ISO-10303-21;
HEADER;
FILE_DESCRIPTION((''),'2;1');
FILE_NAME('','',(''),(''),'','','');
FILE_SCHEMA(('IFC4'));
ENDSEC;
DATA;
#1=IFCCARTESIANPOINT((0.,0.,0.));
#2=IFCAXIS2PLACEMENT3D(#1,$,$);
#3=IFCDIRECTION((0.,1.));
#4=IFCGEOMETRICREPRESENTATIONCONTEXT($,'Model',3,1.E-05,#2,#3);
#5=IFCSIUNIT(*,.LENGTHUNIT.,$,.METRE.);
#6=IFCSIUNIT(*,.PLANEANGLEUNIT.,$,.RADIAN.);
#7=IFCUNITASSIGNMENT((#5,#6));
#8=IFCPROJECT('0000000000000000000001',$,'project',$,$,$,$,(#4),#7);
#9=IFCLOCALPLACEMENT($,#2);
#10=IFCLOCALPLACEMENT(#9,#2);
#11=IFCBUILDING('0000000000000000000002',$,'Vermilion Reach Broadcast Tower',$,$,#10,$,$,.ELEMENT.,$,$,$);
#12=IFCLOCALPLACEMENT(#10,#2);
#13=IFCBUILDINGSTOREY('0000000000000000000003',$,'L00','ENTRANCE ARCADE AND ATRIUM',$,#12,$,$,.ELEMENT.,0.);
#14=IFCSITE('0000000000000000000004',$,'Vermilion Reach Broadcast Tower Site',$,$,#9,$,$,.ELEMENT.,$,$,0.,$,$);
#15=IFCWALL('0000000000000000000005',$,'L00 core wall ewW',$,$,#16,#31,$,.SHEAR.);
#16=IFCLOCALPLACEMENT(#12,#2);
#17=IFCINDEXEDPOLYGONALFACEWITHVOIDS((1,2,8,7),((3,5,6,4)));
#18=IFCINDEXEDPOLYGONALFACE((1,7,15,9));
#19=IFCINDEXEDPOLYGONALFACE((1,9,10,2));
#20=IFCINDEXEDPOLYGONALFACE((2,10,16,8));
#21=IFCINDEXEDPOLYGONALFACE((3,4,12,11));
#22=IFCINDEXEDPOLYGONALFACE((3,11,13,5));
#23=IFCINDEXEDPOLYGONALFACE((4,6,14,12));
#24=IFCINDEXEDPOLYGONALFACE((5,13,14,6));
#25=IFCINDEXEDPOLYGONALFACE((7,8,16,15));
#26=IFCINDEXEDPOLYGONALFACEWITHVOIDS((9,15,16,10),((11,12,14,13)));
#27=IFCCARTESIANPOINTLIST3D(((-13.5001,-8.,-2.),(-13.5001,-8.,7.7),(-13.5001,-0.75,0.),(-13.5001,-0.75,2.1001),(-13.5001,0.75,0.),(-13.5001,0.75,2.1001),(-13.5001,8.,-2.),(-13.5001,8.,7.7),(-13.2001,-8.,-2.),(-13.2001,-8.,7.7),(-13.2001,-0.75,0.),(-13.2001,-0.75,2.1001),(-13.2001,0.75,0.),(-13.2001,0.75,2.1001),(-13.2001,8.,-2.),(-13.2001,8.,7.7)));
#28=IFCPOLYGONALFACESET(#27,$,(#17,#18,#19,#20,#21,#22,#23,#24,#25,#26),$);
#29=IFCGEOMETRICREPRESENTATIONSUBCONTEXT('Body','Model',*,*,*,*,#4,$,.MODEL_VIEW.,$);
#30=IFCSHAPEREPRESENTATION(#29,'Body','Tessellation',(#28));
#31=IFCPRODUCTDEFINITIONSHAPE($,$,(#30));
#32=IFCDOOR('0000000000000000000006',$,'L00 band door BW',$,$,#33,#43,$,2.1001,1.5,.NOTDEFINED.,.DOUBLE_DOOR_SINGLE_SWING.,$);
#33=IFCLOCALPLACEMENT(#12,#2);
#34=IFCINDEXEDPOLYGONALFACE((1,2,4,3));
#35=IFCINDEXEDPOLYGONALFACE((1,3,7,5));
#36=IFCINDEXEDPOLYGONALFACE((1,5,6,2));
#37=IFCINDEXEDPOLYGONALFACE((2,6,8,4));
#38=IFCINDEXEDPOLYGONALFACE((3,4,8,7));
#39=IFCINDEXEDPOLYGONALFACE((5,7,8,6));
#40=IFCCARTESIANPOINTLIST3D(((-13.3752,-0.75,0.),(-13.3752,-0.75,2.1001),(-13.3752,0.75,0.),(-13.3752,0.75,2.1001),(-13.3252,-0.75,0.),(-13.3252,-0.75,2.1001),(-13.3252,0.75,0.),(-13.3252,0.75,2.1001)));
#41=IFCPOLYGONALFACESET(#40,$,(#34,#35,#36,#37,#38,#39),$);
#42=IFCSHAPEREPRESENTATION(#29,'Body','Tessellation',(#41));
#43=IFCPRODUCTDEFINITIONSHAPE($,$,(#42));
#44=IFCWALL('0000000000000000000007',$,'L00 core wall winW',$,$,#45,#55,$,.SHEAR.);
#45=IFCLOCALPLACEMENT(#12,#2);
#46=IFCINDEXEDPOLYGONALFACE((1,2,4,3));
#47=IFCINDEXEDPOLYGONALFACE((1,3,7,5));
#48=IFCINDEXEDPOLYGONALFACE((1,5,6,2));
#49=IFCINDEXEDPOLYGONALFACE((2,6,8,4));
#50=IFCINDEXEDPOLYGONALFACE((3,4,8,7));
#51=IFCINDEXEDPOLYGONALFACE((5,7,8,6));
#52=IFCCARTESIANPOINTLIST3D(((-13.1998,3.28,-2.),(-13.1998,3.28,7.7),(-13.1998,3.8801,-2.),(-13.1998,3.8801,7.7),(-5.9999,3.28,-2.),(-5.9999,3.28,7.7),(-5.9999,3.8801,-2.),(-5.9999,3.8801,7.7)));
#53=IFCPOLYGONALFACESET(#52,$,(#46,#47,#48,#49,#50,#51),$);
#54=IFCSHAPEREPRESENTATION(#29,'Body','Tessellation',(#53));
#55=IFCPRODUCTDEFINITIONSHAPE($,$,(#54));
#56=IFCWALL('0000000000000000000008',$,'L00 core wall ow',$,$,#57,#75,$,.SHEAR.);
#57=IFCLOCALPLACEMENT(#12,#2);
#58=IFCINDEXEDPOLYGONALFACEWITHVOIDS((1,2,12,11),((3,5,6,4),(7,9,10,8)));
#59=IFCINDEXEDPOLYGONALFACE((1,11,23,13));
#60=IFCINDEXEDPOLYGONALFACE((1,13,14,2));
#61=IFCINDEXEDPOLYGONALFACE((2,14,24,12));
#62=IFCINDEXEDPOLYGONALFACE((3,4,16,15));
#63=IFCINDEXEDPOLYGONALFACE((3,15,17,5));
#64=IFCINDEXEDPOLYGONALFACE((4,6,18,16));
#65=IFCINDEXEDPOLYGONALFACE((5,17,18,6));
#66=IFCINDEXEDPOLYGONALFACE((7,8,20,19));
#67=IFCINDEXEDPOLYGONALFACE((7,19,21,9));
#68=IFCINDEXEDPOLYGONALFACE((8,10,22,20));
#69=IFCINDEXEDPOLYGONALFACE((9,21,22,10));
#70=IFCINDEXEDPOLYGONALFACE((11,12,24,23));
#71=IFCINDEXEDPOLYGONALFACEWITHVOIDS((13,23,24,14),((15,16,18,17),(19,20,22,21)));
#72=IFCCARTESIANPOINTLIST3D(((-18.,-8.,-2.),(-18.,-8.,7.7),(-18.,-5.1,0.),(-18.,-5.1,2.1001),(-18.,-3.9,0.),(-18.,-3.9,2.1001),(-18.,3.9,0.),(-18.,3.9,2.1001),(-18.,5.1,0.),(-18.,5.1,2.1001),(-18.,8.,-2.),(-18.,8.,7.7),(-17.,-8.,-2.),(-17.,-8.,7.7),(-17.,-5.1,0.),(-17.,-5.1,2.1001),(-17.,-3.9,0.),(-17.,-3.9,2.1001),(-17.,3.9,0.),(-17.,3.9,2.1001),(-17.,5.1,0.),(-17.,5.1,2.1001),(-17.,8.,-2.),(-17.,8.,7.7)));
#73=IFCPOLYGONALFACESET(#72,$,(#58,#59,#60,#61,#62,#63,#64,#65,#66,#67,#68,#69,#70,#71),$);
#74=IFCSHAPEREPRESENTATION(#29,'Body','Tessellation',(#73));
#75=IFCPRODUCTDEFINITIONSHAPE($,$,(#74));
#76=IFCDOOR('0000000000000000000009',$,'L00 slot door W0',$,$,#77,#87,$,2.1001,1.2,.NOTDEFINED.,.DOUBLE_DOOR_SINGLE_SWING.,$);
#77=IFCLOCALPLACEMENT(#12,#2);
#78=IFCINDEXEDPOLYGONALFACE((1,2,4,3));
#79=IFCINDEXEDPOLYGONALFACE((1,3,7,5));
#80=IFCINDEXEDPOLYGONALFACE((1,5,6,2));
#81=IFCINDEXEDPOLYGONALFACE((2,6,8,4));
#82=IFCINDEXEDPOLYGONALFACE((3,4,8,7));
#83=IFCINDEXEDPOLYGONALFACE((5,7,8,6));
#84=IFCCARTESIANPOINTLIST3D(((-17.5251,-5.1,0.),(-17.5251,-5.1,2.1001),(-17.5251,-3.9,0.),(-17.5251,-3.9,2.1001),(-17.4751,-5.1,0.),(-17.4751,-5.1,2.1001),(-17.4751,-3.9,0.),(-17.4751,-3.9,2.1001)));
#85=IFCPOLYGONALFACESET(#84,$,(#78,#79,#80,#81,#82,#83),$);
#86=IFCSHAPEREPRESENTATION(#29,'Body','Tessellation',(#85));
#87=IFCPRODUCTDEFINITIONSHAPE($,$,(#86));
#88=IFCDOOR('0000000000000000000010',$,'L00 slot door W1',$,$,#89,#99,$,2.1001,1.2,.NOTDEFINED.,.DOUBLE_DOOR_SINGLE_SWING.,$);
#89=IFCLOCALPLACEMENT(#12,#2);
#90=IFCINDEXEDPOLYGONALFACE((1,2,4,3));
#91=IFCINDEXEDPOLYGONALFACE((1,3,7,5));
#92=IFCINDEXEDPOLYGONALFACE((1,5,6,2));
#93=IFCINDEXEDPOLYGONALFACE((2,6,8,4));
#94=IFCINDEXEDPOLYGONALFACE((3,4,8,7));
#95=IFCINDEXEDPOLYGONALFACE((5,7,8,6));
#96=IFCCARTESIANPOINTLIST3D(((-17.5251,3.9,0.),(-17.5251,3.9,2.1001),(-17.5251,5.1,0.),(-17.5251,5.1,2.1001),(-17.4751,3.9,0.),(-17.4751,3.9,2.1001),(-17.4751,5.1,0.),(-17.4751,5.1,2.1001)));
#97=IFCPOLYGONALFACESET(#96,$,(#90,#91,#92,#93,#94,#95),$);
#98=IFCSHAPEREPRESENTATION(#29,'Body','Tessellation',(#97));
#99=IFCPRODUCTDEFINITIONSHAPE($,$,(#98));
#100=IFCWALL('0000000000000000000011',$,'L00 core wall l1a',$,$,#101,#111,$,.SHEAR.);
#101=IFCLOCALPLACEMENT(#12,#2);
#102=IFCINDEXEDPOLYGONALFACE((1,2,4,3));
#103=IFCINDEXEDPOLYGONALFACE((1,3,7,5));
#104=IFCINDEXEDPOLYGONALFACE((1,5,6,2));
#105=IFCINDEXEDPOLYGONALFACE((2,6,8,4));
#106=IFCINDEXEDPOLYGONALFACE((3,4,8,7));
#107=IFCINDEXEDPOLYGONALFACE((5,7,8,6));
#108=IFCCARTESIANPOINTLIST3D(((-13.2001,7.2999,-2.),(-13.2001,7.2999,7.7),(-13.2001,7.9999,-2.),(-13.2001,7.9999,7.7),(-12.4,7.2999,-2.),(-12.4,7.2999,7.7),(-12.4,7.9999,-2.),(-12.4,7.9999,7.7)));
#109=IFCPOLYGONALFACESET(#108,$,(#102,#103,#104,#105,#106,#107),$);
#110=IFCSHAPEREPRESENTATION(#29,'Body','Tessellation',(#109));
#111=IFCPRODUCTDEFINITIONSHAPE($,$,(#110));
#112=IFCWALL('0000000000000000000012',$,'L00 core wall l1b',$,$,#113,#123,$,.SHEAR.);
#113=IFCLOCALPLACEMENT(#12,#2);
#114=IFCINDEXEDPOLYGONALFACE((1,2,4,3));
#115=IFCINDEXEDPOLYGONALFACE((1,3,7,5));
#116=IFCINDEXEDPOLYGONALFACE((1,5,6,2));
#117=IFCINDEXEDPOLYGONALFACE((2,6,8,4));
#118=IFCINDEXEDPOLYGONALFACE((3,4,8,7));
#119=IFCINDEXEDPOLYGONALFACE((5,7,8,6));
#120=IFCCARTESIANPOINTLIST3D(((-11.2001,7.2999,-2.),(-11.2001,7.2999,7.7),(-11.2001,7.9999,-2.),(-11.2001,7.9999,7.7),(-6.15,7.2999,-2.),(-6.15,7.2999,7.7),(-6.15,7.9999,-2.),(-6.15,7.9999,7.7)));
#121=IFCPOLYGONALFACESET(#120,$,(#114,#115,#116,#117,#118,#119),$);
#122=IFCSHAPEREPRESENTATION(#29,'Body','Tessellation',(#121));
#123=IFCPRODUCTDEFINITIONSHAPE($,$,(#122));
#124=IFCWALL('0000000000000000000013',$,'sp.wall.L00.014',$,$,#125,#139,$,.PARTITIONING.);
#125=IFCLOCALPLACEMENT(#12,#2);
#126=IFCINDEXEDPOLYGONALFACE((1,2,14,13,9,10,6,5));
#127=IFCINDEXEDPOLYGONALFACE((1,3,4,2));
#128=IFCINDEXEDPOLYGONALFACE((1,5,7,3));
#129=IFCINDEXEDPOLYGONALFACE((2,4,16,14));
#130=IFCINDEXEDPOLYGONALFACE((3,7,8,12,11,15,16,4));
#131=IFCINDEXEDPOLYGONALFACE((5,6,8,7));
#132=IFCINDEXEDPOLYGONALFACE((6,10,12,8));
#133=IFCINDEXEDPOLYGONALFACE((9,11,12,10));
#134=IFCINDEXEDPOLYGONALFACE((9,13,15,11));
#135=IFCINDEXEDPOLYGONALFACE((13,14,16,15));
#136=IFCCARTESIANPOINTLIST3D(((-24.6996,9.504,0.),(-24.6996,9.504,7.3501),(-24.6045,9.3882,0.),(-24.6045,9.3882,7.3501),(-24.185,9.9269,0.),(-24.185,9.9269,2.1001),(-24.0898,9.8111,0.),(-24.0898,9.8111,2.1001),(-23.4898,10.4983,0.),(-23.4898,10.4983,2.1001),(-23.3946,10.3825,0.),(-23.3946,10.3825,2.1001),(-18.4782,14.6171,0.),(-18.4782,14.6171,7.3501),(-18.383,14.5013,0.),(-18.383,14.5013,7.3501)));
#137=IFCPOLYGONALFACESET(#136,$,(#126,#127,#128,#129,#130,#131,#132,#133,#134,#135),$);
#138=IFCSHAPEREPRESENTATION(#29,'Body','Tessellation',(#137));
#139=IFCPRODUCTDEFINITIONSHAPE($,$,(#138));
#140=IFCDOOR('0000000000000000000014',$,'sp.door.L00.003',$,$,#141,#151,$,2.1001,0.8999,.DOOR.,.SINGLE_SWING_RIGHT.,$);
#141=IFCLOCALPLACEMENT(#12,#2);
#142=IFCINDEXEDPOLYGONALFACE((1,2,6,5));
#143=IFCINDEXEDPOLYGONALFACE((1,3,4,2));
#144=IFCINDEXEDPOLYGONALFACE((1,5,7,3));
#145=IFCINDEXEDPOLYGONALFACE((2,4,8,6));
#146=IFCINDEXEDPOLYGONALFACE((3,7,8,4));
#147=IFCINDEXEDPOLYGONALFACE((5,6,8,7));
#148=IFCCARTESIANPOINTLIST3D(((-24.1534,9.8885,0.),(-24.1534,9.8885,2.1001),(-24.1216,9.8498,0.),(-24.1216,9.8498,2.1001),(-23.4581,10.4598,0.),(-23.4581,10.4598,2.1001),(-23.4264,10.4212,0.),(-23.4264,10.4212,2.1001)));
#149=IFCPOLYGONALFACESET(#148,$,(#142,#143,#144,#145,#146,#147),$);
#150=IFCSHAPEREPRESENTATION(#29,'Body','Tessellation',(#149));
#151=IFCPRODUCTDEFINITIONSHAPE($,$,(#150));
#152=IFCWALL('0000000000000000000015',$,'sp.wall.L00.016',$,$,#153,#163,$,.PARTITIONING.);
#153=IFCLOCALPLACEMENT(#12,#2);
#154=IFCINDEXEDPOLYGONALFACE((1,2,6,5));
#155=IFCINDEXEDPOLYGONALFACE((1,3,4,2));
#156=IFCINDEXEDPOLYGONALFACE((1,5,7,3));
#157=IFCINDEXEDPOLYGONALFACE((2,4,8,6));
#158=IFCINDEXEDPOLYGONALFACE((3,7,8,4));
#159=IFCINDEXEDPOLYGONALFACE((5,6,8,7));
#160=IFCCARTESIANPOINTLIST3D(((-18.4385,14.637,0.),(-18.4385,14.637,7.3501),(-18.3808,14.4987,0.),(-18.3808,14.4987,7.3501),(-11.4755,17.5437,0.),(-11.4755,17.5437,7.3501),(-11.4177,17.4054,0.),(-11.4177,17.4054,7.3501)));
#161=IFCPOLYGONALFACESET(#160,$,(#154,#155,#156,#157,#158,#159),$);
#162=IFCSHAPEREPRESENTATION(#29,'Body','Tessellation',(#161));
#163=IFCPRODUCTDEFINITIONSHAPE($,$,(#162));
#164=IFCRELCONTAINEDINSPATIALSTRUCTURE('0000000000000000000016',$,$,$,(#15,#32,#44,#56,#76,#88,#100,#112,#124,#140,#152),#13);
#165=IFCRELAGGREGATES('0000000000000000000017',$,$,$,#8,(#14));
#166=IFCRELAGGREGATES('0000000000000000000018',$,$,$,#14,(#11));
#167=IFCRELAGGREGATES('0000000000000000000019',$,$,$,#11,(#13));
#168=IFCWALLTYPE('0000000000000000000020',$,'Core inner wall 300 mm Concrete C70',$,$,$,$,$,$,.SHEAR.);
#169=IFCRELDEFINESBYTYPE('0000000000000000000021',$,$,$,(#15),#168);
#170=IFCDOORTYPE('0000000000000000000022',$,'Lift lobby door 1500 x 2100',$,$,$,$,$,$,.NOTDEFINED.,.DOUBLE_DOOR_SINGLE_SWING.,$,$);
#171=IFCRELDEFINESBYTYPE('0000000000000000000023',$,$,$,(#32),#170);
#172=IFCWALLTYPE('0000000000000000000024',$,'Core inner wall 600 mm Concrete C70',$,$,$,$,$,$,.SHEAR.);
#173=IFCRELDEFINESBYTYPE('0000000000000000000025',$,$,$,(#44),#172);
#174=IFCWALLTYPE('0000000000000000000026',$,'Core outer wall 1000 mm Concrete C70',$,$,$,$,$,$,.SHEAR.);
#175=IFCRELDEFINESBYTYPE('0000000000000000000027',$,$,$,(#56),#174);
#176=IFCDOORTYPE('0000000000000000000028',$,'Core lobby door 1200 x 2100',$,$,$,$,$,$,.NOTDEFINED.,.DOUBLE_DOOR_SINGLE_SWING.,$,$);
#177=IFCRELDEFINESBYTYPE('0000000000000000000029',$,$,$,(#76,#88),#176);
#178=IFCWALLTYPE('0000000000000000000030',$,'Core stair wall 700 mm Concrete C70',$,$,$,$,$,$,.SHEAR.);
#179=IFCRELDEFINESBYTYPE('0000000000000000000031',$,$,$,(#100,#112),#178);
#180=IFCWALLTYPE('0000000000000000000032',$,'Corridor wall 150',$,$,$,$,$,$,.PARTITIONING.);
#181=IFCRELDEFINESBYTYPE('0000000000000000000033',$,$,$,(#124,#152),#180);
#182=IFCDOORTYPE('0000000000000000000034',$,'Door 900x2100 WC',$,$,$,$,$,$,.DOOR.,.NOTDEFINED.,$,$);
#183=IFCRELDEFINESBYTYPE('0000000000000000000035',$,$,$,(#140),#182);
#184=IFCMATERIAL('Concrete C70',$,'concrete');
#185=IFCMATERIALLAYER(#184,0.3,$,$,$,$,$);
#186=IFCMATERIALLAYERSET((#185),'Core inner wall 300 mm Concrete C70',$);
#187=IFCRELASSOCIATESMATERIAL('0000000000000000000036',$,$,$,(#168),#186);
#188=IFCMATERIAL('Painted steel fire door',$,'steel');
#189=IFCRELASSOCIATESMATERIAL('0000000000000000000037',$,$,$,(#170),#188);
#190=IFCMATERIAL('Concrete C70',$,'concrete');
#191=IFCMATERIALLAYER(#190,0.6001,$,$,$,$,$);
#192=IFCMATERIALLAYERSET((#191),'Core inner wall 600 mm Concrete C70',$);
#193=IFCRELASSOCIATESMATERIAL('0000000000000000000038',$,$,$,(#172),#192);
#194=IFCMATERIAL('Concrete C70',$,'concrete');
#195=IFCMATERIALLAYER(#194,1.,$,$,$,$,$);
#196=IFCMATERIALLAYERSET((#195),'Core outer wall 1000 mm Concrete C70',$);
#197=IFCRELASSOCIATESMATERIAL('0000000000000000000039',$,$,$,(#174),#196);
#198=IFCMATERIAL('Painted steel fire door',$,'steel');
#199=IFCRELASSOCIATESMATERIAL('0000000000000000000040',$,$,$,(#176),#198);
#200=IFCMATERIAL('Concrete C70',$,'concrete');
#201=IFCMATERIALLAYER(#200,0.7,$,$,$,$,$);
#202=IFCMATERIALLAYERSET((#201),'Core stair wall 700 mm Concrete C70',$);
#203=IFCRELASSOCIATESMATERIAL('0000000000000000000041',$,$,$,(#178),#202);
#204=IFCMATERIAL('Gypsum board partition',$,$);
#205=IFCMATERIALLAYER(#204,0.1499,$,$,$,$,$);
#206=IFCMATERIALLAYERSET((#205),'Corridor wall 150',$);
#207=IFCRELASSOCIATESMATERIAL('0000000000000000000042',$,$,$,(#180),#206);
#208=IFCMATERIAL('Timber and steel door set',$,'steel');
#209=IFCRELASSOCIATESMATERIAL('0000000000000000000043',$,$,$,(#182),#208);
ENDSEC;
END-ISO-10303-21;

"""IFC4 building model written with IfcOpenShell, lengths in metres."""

from ifc_helpers import new_model, si_unit, direction, frame, frame_2d, origin, place, context, subcontext, project, spatial, rectangle, extrude, material, layer, layer_set, type_object, element, fill, save


model = new_model("IFC4")

# Units and contexts
model_context = context("Model", 3, precision=1e-05, world=origin(), true_north=direction((0.0, 1.0)))
body_context = subcontext(model_context, "Body", "Model", "MODEL_VIEW")
ifc_project = project(units=[si_unit("LENGTHUNIT", "METRE"), si_unit("PLANEANGLEUNIT", "RADIAN")], contexts=[model_context])

# Site, building, storey
site_placement = place(None, origin())
site = spatial("IfcSite", under=ifc_project, at=site_placement, Name="Vermilion Reach Broadcast Tower Site", CompositionType="ELEMENT", RefElevation=0.0)
building_placement = place(site_placement, origin())
building = spatial("IfcBuilding", under=site, at=building_placement, Name="Vermilion Reach Broadcast Tower", CompositionType="ELEMENT")
storey_placement = place(building_placement, origin())
storey = spatial("IfcBuildingStorey", under=building, at=storey_placement, Name="L00", Description="ENTRANCE ARCADE AND ATRIUM", CompositionType="ELEMENT", Elevation=0.0)

# Wall, opening, door
ifc_material_1 = material(Name="Concrete C70", Category="concrete")
ifc_layer_1 = layer(ifc_material_1, 0.3)
ifc_layer_set_1 = layer_set([ifc_layer_1], Name="Core inner wall 300 mm Concrete C70")
wall_type_1 = type_object("IfcWallType", Name="Core inner wall 300 mm Concrete C70", PredefinedType="SHEAR", material=ifc_layer_set_1)
wall_1_placement = place(storey_placement, frame((-13.3501, 8.0, -2.0), z_axis=(0.0, 0.0, 1.0), x_axis=(0.0, -1.0, 0.0)))
wall_1 = element("IfcWall", 1, at=wall_1_placement, inside=storey, type_object=wall_type_1, Name="L00 core wall ewW", PredefinedType="SHEAR", context=body_context, shape_type="SweptSolid", body=[
    extrude(rectangle(XDim=16.0, YDim=0.3, at=frame_2d((8.0, 0.0))), origin(), (0.0, 0.0, 1.0), 9.7),
])
opening_1_placement = place(wall_1_placement, frame((7.25, 0.0, 2.0)))
opening_1 = element("IfcOpeningElement", 2, at=opening_1_placement, cuts=wall_1, PredefinedType="OPENING", context=body_context, shape_type="SweptSolid", body=[
    extrude(rectangle(XDim=1.5, YDim=2.1001, at=frame_2d((0.75, 1.05))), frame((0.0, 0.1599, 0.0), z_axis=(0.0, -1.0, 0.0), x_axis=(1.0, 0.0, 0.0)), (0.0, 0.0, 1.0), 0.3201),
])
ifc_material_2 = material(Name="Painted steel fire door", Category="steel")
door_type_1 = type_object("IfcDoorType", Name="Lift lobby door 1500 x 2100", OperationType="DOUBLE_DOOR_SINGLE_SWING", PredefinedType="NOTDEFINED", material=ifc_material_2)
door_1_placement = place(opening_1_placement, origin())
door_1 = element("IfcDoor", 3, at=door_1_placement, inside=storey, type_object=door_type_1, Name="L00 band door BW", OperationType="DOUBLE_DOOR_SINGLE_SWING", OverallHeight=2.1001, OverallWidth=1.5, PredefinedType="NOTDEFINED", context=body_context, shape_type="SweptSolid", body=[
    extrude(rectangle(XDim=1.5, YDim=2.1001, at=frame_2d((0.75, 1.05))), frame((0.0, 0.0249, 0.0), z_axis=(0.0, -1.0, 0.0), x_axis=(1.0, 0.0, 0.0)), (0.0, 0.0, 1.0), 0.05),
])
fill(opening_1, door_1)

# Wall
ifc_material_3 = material(Name="Concrete C70", Category="concrete")
ifc_layer_2 = layer(ifc_material_3, 0.6001)
ifc_layer_set_2 = layer_set([ifc_layer_2], Name="Core inner wall 600 mm Concrete C70")
wall_type_2 = type_object("IfcWallType", Name="Core inner wall 600 mm Concrete C70", PredefinedType="SHEAR", material=ifc_layer_set_2)
wall_2_placement = place(storey_placement, frame((-13.2, 3.5801, -2.0), z_axis=(0.0, 0.0, 1.0), x_axis=(1.0, 0.0, 0.0)))
element("IfcWall", 4, at=wall_2_placement, inside=storey, type_object=wall_type_2, Name="L00 core wall winW", PredefinedType="SHEAR", context=body_context, shape_type="SweptSolid", body=[
    extrude(rectangle(XDim=7.2, YDim=0.6001, at=frame_2d((3.6001, 0.0))), origin(), (0.0, 0.0, 1.0), 9.7),
])

# Wall, openings, doors
ifc_material_4 = material(Name="Concrete C70", Category="concrete")
ifc_layer_3 = layer(ifc_material_4, 1.0)
ifc_layer_set_3 = layer_set([ifc_layer_3], Name="Core outer wall 1000 mm Concrete C70")
wall_type_3 = type_object("IfcWallType", Name="Core outer wall 1000 mm Concrete C70", PredefinedType="SHEAR", material=ifc_layer_set_3)
wall_3_placement = place(storey_placement, frame((-17.5, 8.0, -2.0), z_axis=(0.0, 0.0, 1.0), x_axis=(0.0, -1.0, 0.0)))
wall_3 = element("IfcWall", 5, at=wall_3_placement, inside=storey, type_object=wall_type_3, Name="L00 core wall ow", PredefinedType="SHEAR", context=body_context, shape_type="SweptSolid", body=[
    extrude(rectangle(XDim=16.0, YDim=1.0, at=frame_2d((8.0, 0.0))), origin(), (0.0, 0.0, 1.0), 9.7),
])
opening_2_placement = place(wall_3_placement, frame((11.8999, 0.0, 2.0)))
opening_2 = element("IfcOpeningElement", 6, at=opening_2_placement, cuts=wall_3, PredefinedType="OPENING", context=body_context, shape_type="SweptSolid", body=[
    extrude(rectangle(XDim=1.2, YDim=2.1001, at=frame_2d((0.6001, 1.05))), frame((0.0, 0.51, 0.0), z_axis=(0.0, -1.0, 0.0), x_axis=(1.0, 0.0, 0.0)), (0.0, 0.0, 1.0), 1.02),
])
opening_3_placement = place(wall_3_placement, frame((2.8999, 0.0, 2.0)))
opening_3 = element("IfcOpeningElement", 7, at=opening_3_placement, cuts=wall_3, PredefinedType="OPENING", context=body_context, shape_type="SweptSolid", body=[
    extrude(rectangle(XDim=1.2, YDim=2.1001, at=frame_2d((0.6001, 1.05))), frame((0.0, 0.51, 0.0), z_axis=(0.0, -1.0, 0.0), x_axis=(1.0, 0.0, 0.0)), (0.0, 0.0, 1.0), 1.02),
])
ifc_material_5 = material(Name="Painted steel fire door", Category="steel")
door_type_2 = type_object("IfcDoorType", Name="Core lobby door 1200 x 2100", OperationType="DOUBLE_DOOR_SINGLE_SWING", PredefinedType="NOTDEFINED", material=ifc_material_5)
door_2_placement = place(opening_2_placement, origin())
door_2 = element("IfcDoor", 8, at=door_2_placement, inside=storey, type_object=door_type_2, Name="L00 slot door W0", OperationType="DOUBLE_DOOR_SINGLE_SWING", OverallHeight=2.1001, OverallWidth=1.2, PredefinedType="NOTDEFINED", context=body_context, shape_type="SweptSolid", body=[
    extrude(rectangle(XDim=1.2, YDim=2.1001, at=frame_2d((0.6001, 1.05))), frame((0.0, 0.0249, 0.0), z_axis=(0.0, -1.0, 0.0), x_axis=(1.0, 0.0, 0.0)), (0.0, 0.0, 1.0), 0.05),
])
fill(opening_2, door_2)
door_3_placement = place(opening_3_placement, origin())
door_3 = element("IfcDoor", 9, at=door_3_placement, inside=storey, type_object=door_type_2, Name="L00 slot door W1", OperationType="DOUBLE_DOOR_SINGLE_SWING", OverallHeight=2.1001, OverallWidth=1.2, PredefinedType="NOTDEFINED", context=body_context, shape_type="SweptSolid", body=[
    extrude(rectangle(XDim=1.2, YDim=2.1001, at=frame_2d((0.6001, 1.05))), frame((0.0, 0.0249, 0.0), z_axis=(0.0, -1.0, 0.0), x_axis=(1.0, 0.0, 0.0)), (0.0, 0.0, 1.0), 0.05),
])
fill(opening_3, door_3)

# Walls
ifc_material_6 = material(Name="Concrete C70", Category="concrete")
ifc_layer_4 = layer(ifc_material_6, 0.7)
ifc_layer_set_4 = layer_set([ifc_layer_4], Name="Core stair wall 700 mm Concrete C70")
wall_type_4 = type_object("IfcWallType", Name="Core stair wall 700 mm Concrete C70", PredefinedType="SHEAR", material=ifc_layer_set_4)
wall_4_placement = place(storey_placement, frame((-13.2, 7.6499, -2.0), z_axis=(0.0, 0.0, 1.0), x_axis=(1.0, 0.0, 0.0)))
element("IfcWall", 10, at=wall_4_placement, inside=storey, type_object=wall_type_4, Name="L00 core wall l1a", PredefinedType="SHEAR", context=body_context, shape_type="SweptSolid", body=[
    extrude(rectangle(XDim=0.8, YDim=0.7, at=frame_2d((0.3999, 0.0))), origin(), (0.0, 0.0, 1.0), 9.7),
])
wall_5_placement = place(storey_placement, frame((-11.2, 7.6499, -2.0), z_axis=(0.0, 0.0, 1.0), x_axis=(1.0, 0.0, 0.0)))
element("IfcWall", 11, at=wall_5_placement, inside=storey, type_object=wall_type_4, Name="L00 core wall l1b", PredefinedType="SHEAR", context=body_context, shape_type="SweptSolid", body=[
    extrude(rectangle(XDim=5.05, YDim=0.7, at=frame_2d((2.5249, 0.0))), origin(), (0.0, 0.0, 1.0), 9.7),
])

# Wall, opening, door
ifc_material_7 = material(Name="Gypsum board partition")
ifc_layer_5 = layer(ifc_material_7, 0.1499)
ifc_layer_set_5 = layer_set([ifc_layer_5], Name="Corridor wall 150")
wall_type_5 = type_object("IfcWallType", Name="Corridor wall 150", PredefinedType="PARTITIONING", material=ifc_layer_set_5)
wall_6_placement = place(storey_placement, frame((-18.4307, 14.5591, 0.0), z_axis=(0.0, 0.0, 1.0), x_axis=(-0.77257, -0.63493, 0.0)))
wall_6 = element("IfcWall", 12, at=wall_6_placement, inside=storey, type_object=wall_type_5, Name="sp.wall.L00.014", PredefinedType="PARTITIONING", context=body_context, shape_type="SweptSolid", body=[
    extrude(rectangle(XDim=8.053, YDim=0.1499, at=frame_2d((4.0264, 0.0))), origin(), (0.0, 0.0, 1.0), 7.3501),
])
opening_4_placement = place(wall_6_placement, frame((6.4868, 0.0, 0.0)))
opening_4 = element("IfcOpeningElement", 13, at=opening_4_placement, cuts=wall_6, PredefinedType="OPENING", context=body_context, shape_type="SweptSolid", body=[
    extrude(rectangle(XDim=0.8999, YDim=2.1001, at=frame_2d((0.45, 1.05))), frame((0.0, 0.085, 0.0), z_axis=(0.0, -1.0, 0.0), x_axis=(1.0, 0.0, 0.0)), (0.0, 0.0, 1.0), 0.1699),
])
ifc_material_8 = material(Name="Timber and steel door set", Category="steel")
door_type_3 = type_object("IfcDoorType", Name="Door 900x2100 WC", OperationType="NOTDEFINED", PredefinedType="DOOR", material=ifc_material_8)
door_4_placement = place(opening_4_placement, origin())
door_4 = element("IfcDoor", 14, at=door_4_placement, inside=storey, type_object=door_type_3, Name="sp.door.L00.003", OperationType="SINGLE_SWING_RIGHT", OverallHeight=2.1001, OverallWidth=0.8999, PredefinedType="DOOR", context=body_context, shape_type="SweptSolid", body=[
    extrude(rectangle(XDim=0.8999, YDim=2.1001, at=frame_2d((0.45, 1.05))), frame((0.0, 0.0249, 0.0), z_axis=(0.0, -1.0, 0.0), x_axis=(1.0, 0.0, 0.0)), (0.0, 0.0, 1.0), 0.05),
])
fill(opening_4, door_4)

# Wall
wall_7_placement = place(storey_placement, frame((-18.4097, 14.5679, 0.0), z_axis=(0.0, 0.0, 1.0), x_axis=(0.922821, 0.385229, 0.0)))
element("IfcWall", 15, at=wall_7_placement, inside=storey, type_object=wall_type_5, Name="sp.wall.L00.016", PredefinedType="PARTITIONING", context=body_context, shape_type="SweptSolid", body=[
    extrude(rectangle(XDim=7.5454, YDim=0.1499, at=frame_2d((3.7727, 0.0))), origin(), (0.0, 0.0, 1.0), 7.3501),
])

save(model, "model.ifc")
